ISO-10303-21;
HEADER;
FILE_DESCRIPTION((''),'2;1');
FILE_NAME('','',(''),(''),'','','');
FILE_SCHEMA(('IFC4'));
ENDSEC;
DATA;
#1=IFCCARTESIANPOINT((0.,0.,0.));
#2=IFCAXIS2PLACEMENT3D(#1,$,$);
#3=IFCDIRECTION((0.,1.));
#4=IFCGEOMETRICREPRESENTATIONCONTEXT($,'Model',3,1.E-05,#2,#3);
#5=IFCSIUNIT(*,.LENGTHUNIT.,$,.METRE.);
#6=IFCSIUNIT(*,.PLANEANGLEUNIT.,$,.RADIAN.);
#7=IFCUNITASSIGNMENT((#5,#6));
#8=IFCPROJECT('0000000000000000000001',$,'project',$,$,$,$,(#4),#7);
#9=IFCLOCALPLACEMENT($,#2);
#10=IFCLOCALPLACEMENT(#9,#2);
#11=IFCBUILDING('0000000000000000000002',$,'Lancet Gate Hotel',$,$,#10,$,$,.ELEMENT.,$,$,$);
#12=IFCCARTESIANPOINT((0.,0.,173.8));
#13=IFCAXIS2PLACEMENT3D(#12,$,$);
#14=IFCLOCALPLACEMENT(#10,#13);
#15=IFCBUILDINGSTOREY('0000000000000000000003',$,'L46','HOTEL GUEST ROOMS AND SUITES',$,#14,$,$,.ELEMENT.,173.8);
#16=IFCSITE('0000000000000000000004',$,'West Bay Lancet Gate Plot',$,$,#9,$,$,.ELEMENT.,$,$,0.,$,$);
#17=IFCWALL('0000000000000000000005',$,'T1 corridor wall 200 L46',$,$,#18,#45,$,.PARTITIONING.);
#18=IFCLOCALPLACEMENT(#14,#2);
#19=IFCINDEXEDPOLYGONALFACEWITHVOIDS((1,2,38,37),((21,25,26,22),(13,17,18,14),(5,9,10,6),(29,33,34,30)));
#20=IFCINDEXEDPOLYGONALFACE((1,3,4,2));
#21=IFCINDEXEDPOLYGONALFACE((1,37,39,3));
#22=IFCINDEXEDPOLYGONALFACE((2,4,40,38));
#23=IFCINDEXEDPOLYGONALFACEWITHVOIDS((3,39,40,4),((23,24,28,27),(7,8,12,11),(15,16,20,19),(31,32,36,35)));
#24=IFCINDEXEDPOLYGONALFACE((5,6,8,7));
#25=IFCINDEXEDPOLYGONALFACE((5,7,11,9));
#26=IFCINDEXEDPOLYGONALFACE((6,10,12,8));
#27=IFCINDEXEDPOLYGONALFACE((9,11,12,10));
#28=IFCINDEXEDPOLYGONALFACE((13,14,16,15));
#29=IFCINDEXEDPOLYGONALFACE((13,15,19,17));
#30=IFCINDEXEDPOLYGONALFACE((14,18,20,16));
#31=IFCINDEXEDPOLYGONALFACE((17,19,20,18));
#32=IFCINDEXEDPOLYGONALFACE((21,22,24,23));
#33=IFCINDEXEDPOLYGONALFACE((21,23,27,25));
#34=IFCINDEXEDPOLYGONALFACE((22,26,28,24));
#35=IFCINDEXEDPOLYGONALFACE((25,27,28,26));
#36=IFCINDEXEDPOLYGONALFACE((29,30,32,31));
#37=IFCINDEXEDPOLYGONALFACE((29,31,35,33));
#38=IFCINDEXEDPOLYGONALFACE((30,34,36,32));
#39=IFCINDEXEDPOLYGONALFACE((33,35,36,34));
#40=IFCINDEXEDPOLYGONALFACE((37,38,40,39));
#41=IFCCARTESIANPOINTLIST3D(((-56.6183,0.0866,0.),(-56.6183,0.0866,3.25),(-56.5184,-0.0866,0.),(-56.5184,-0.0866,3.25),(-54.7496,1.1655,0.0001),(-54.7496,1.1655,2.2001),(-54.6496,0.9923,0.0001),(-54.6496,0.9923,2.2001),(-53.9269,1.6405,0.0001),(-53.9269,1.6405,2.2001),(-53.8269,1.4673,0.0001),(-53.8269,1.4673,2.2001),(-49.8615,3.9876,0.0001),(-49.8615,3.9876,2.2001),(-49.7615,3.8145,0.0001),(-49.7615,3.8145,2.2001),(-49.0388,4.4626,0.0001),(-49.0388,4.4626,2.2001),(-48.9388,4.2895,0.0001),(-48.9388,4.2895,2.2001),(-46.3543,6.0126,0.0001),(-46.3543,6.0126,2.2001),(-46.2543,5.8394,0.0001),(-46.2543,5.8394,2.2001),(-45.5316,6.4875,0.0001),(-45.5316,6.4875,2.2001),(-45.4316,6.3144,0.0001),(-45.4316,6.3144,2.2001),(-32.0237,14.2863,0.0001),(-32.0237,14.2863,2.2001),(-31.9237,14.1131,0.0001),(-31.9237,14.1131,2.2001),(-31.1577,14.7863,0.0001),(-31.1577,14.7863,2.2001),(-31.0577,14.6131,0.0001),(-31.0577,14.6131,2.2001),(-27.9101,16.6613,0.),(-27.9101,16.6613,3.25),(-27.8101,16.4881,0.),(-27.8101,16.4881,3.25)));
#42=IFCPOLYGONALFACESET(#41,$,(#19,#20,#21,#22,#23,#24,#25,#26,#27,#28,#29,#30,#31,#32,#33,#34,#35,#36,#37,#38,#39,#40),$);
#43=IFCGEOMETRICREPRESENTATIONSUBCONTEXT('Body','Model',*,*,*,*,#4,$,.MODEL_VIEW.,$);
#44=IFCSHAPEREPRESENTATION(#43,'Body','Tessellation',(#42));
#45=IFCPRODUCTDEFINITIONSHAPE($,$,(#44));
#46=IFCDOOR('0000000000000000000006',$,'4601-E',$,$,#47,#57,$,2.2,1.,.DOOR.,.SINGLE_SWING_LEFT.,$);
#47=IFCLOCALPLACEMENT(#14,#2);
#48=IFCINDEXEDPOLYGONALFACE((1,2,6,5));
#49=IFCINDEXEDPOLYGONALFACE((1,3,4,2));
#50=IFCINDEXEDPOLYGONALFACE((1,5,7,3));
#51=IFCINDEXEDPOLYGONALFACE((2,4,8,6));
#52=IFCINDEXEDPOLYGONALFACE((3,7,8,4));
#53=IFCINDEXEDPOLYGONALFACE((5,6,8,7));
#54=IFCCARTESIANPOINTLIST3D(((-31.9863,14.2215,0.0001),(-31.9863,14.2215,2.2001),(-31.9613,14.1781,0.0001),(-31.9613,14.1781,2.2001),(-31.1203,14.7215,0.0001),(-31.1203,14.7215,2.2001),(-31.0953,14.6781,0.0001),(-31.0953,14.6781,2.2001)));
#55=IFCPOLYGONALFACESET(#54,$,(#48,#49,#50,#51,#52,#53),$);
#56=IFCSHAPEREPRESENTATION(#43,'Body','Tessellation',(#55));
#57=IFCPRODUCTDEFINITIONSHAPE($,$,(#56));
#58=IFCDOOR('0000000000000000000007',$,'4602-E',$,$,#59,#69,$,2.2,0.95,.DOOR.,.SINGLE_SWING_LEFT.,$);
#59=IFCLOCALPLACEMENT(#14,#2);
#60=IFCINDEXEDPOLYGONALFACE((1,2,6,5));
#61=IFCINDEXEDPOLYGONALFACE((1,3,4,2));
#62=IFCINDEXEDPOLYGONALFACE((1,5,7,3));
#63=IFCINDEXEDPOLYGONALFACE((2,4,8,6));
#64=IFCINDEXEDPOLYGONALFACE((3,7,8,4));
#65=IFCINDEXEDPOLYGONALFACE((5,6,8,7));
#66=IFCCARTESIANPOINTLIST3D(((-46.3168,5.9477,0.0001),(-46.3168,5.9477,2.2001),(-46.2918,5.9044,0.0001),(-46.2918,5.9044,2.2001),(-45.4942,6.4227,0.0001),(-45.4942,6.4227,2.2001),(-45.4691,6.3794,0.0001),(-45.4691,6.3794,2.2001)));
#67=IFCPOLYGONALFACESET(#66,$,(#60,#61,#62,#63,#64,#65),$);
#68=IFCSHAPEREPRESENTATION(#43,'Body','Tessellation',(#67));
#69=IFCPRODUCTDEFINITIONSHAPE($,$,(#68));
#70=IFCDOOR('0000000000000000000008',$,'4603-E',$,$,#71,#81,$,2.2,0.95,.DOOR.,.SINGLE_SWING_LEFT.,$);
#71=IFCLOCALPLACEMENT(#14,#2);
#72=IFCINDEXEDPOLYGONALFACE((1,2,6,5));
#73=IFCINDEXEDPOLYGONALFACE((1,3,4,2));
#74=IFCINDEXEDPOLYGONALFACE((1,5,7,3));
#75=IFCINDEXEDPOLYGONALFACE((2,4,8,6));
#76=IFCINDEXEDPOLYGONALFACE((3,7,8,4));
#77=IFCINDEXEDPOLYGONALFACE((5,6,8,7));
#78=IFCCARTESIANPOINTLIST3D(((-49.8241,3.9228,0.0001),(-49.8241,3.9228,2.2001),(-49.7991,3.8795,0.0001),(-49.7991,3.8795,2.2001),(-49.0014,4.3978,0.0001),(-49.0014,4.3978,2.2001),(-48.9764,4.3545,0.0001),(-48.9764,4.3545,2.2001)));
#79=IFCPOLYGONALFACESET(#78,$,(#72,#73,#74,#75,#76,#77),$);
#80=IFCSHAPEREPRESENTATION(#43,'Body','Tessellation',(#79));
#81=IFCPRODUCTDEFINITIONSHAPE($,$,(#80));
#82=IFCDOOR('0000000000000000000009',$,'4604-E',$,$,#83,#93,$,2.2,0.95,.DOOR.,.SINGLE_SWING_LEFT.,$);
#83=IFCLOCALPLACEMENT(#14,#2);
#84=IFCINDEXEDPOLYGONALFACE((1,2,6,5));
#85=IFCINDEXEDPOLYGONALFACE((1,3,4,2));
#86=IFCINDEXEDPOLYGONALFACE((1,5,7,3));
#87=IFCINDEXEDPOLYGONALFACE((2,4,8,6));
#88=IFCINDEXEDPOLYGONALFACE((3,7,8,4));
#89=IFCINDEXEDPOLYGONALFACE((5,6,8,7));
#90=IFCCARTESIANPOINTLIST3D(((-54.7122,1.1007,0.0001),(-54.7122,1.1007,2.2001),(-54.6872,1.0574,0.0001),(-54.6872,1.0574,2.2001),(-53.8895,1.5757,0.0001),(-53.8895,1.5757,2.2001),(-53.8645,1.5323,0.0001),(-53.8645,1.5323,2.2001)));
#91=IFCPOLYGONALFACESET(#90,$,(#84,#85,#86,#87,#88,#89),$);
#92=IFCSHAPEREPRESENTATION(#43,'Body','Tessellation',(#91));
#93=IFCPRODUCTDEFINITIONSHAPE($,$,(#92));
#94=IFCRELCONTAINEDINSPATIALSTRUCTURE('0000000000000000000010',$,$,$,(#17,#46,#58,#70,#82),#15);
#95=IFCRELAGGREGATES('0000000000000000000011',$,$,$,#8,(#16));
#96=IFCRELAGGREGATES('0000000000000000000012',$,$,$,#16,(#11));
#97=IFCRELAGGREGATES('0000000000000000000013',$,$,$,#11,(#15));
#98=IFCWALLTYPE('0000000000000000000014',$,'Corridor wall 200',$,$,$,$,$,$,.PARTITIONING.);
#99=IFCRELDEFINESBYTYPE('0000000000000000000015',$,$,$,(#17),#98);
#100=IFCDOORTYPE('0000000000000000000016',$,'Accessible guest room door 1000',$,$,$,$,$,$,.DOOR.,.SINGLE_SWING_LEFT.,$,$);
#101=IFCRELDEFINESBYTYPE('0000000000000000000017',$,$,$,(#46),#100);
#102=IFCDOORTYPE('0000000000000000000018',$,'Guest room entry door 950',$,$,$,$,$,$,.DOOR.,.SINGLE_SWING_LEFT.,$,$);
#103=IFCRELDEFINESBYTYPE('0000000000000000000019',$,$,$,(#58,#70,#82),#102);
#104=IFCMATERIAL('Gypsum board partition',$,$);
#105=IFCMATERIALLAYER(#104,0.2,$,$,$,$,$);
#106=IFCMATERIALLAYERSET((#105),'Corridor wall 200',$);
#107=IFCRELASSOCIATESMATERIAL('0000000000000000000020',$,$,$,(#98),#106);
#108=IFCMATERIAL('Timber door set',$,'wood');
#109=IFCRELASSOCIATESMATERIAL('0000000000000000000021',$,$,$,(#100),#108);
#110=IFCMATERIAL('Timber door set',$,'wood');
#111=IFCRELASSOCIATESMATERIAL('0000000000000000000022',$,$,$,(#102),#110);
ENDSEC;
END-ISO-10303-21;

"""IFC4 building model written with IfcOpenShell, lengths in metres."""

from ifc_helpers import new_model, si_unit, direction, frame, frame_2d, origin, place, context, subcontext, project, spatial, rectangle, extrude, material, layer, layer_set, type_object, element, fill, save


model = new_model("IFC4")

# Units and contexts
model_context = context("Model", 3, precision=1e-05, world=origin(), true_north=direction((0.0, 1.0)))
body_context = subcontext(model_context, "Body", "Model", "MODEL_VIEW")
ifc_project = project(units=[si_unit("LENGTHUNIT", "METRE"), si_unit("PLANEANGLEUNIT", "RADIAN")], contexts=[model_context])

# Site, building, storey
site_placement = place(None, origin())
site = spatial("IfcSite", under=ifc_project, at=site_placement, Name="West Bay Lancet Gate Plot", CompositionType="ELEMENT", RefElevation=0.0)
building_placement = place(site_placement, origin())
building = spatial("IfcBuilding", under=site, at=building_placement, Name="Lancet Gate Hotel", CompositionType="ELEMENT")
storey_placement = place(building_placement, frame((0.0, 0.0, 173.8)))
storey = spatial("IfcBuildingStorey", under=building, at=storey_placement, Name="L46", Description="HOTEL GUEST ROOMS AND SUITES", CompositionType="ELEMENT", Elevation=173.8)

# Wall, openings, doors
ifc_material_1 = material(Name="Gypsum board partition")
ifc_layer_1 = layer(ifc_material_1, 0.2)
ifc_layer_set_1 = layer_set([ifc_layer_1], Name="Corridor wall 200")
wall_type_1 = type_object("IfcWallType", Name="Corridor wall 200", PredefinedType="PARTITIONING", material=ifc_layer_set_1)
wall_1_placement = place(storey_placement, frame((-27.8601, 16.5747, 0.0), z_axis=(0.0, 0.0, 1.0), x_axis=(-0.866026, -0.5, 0.0)))
wall_1 = element("IfcWall", 1, at=wall_1_placement, inside=storey, type_object=wall_type_1, Name="T1 corridor wall 200 L46", PredefinedType="PARTITIONING", context=body_context, shape_type="SweptSolid", body=[
    extrude(rectangle(XDim=33.1494, YDim=0.2, at=frame_2d((16.5747, 0.0))), origin(), (0.0, 0.0, 1.0), 3.25),
])
opening_1_placement = place(wall_1_placement, frame((3.75, 0.0, 0.0)))
opening_1 = element("IfcOpeningElement", 2, at=opening_1_placement, cuts=wall_1, PredefinedType="OPENING", context=body_context, shape_type="SweptSolid", body=[
    extrude(rectangle(XDim=1.0, YDim=2.2, at=frame_2d((0.5, 1.1001))), frame((0.0, 0.1099, 0.0), z_axis=(0.0, -1.0, 0.0), x_axis=(1.0, 0.0, 0.0)), (0.0, 0.0, 1.0), 0.22),
])
opening_2_placement = place(wall_1_placement, frame((20.3474, 0.0, 0.0)))
opening_2 = element("IfcOpeningElement", 3, at=opening_2_placement, cuts=wall_1, PredefinedType="OPENING", context=body_context, shape_type="SweptSolid", body=[
    extrude(rectangle(XDim=0.95, YDim=2.2, at=frame_2d((0.4751, 1.1001))), frame((0.0, 0.1099, 0.0), z_axis=(0.0, -1.0, 0.0), x_axis=(1.0, 0.0, 0.0)), (0.0, 0.0, 1.0), 0.22),
])
opening_3_placement = place(wall_1_placement, frame((24.3972, 0.0, 0.0)))
opening_3 = element("IfcOpeningElement", 4, at=opening_3_placement, cuts=wall_1, PredefinedType="OPENING", context=body_context, shape_type="SweptSolid", body=[
    extrude(rectangle(XDim=0.95, YDim=2.2, at=frame_2d((0.4751, 1.1001))), frame((0.0, 0.1099, 0.0), z_axis=(0.0, -1.0, 0.0), x_axis=(1.0, 0.0, 0.0)), (0.0, 0.0, 1.0), 0.22),
])
opening_4_placement = place(wall_1_placement, frame((30.0415, 0.0, 0.0)))
opening_4 = element("IfcOpeningElement", 5, at=opening_4_placement, cuts=wall_1, PredefinedType="OPENING", context=body_context, shape_type="SweptSolid", body=[
    extrude(rectangle(XDim=0.95, YDim=2.2, at=frame_2d((0.4751, 1.1001))), frame((0.0, 0.1099, 0.0), z_axis=(0.0, -1.0, 0.0), x_axis=(1.0, 0.0, 0.0)), (0.0, 0.0, 1.0), 0.22),
])
ifc_material_2 = material(Name="Timber door set", Category="wood")
door_type_1 = type_object("IfcDoorType", Name="Accessible guest room door 1000", OperationType="SINGLE_SWING_LEFT", PredefinedType="DOOR", material=ifc_material_2)
door_1_placement = place(opening_1_placement, origin())
door_1 = element("IfcDoor", 6, at=door_1_placement, inside=storey, type_object=door_type_1, Name="4601-E", OperationType="SINGLE_SWING_LEFT", OverallHeight=2.2, OverallWidth=1.0, PredefinedType="DOOR", context=body_context, shape_type="SweptSolid", body=[
    extrude(rectangle(XDim=1.0, YDim=2.2, at=frame_2d((0.5, 1.1001))), frame((0.0, 0.0249, 0.0), z_axis=(0.0, -1.0, 0.0), x_axis=(1.0, 0.0, 0.0)), (0.0, 0.0, 1.0), 0.05),
])
fill(opening_1, door_1)
ifc_material_3 = material(Name="Timber door set", Category="wood")
door_type_2 = type_object("IfcDoorType", Name="Guest room entry door 950", OperationType="SINGLE_SWING_LEFT", PredefinedType="DOOR", material=ifc_material_3)
door_2_placement = place(opening_2_placement, origin())
door_2 = element("IfcDoor", 7, at=door_2_placement, inside=storey, type_object=door_type_2, Name="4602-E", OperationType="SINGLE_SWING_LEFT", OverallHeight=2.2, OverallWidth=0.95, PredefinedType="DOOR", context=body_context, shape_type="SweptSolid", body=[
    extrude(rectangle(XDim=0.95, YDim=2.2, at=frame_2d((0.4751, 1.1001))), frame((0.0, 0.0249, 0.0), z_axis=(0.0, -1.0, 0.0), x_axis=(1.0, 0.0, 0.0)), (0.0, 0.0, 1.0), 0.05),
])
fill(opening_2, door_2)
door_3_placement = place(opening_3_placement, origin())
door_3 = element("IfcDoor", 8, at=door_3_placement, inside=storey, type_object=door_type_2, Name="4603-E", OperationType="SINGLE_SWING_LEFT", OverallHeight=2.2, OverallWidth=0.95, PredefinedType="DOOR", context=body_context, shape_type="SweptSolid", body=[
    extrude(rectangle(XDim=0.95, YDim=2.2, at=frame_2d((0.4751, 1.1001))), frame((0.0, 0.0249, 0.0), z_axis=(0.0, -1.0, 0.0), x_axis=(1.0, 0.0, 0.0)), (0.0, 0.0, 1.0), 0.05),
])
fill(opening_3, door_3)
door_4_placement = place(opening_4_placement, origin())
door_4 = element("IfcDoor", 9, at=door_4_placement, inside=storey, type_object=door_type_2, Name="4604-E", OperationType="SINGLE_SWING_LEFT", OverallHeight=2.2, OverallWidth=0.95, PredefinedType="DOOR", context=body_context, shape_type="SweptSolid", body=[
    extrude(rectangle(XDim=0.95, YDim=2.2, at=frame_2d((0.4751, 1.1001))), frame((0.0, 0.0249, 0.0), z_axis=(0.0, -1.0, 0.0), x_axis=(1.0, 0.0, 0.0)), (0.0, 0.0, 1.0), 0.05),
])
fill(opening_4, door_4)

save(model, "model.ifc")
